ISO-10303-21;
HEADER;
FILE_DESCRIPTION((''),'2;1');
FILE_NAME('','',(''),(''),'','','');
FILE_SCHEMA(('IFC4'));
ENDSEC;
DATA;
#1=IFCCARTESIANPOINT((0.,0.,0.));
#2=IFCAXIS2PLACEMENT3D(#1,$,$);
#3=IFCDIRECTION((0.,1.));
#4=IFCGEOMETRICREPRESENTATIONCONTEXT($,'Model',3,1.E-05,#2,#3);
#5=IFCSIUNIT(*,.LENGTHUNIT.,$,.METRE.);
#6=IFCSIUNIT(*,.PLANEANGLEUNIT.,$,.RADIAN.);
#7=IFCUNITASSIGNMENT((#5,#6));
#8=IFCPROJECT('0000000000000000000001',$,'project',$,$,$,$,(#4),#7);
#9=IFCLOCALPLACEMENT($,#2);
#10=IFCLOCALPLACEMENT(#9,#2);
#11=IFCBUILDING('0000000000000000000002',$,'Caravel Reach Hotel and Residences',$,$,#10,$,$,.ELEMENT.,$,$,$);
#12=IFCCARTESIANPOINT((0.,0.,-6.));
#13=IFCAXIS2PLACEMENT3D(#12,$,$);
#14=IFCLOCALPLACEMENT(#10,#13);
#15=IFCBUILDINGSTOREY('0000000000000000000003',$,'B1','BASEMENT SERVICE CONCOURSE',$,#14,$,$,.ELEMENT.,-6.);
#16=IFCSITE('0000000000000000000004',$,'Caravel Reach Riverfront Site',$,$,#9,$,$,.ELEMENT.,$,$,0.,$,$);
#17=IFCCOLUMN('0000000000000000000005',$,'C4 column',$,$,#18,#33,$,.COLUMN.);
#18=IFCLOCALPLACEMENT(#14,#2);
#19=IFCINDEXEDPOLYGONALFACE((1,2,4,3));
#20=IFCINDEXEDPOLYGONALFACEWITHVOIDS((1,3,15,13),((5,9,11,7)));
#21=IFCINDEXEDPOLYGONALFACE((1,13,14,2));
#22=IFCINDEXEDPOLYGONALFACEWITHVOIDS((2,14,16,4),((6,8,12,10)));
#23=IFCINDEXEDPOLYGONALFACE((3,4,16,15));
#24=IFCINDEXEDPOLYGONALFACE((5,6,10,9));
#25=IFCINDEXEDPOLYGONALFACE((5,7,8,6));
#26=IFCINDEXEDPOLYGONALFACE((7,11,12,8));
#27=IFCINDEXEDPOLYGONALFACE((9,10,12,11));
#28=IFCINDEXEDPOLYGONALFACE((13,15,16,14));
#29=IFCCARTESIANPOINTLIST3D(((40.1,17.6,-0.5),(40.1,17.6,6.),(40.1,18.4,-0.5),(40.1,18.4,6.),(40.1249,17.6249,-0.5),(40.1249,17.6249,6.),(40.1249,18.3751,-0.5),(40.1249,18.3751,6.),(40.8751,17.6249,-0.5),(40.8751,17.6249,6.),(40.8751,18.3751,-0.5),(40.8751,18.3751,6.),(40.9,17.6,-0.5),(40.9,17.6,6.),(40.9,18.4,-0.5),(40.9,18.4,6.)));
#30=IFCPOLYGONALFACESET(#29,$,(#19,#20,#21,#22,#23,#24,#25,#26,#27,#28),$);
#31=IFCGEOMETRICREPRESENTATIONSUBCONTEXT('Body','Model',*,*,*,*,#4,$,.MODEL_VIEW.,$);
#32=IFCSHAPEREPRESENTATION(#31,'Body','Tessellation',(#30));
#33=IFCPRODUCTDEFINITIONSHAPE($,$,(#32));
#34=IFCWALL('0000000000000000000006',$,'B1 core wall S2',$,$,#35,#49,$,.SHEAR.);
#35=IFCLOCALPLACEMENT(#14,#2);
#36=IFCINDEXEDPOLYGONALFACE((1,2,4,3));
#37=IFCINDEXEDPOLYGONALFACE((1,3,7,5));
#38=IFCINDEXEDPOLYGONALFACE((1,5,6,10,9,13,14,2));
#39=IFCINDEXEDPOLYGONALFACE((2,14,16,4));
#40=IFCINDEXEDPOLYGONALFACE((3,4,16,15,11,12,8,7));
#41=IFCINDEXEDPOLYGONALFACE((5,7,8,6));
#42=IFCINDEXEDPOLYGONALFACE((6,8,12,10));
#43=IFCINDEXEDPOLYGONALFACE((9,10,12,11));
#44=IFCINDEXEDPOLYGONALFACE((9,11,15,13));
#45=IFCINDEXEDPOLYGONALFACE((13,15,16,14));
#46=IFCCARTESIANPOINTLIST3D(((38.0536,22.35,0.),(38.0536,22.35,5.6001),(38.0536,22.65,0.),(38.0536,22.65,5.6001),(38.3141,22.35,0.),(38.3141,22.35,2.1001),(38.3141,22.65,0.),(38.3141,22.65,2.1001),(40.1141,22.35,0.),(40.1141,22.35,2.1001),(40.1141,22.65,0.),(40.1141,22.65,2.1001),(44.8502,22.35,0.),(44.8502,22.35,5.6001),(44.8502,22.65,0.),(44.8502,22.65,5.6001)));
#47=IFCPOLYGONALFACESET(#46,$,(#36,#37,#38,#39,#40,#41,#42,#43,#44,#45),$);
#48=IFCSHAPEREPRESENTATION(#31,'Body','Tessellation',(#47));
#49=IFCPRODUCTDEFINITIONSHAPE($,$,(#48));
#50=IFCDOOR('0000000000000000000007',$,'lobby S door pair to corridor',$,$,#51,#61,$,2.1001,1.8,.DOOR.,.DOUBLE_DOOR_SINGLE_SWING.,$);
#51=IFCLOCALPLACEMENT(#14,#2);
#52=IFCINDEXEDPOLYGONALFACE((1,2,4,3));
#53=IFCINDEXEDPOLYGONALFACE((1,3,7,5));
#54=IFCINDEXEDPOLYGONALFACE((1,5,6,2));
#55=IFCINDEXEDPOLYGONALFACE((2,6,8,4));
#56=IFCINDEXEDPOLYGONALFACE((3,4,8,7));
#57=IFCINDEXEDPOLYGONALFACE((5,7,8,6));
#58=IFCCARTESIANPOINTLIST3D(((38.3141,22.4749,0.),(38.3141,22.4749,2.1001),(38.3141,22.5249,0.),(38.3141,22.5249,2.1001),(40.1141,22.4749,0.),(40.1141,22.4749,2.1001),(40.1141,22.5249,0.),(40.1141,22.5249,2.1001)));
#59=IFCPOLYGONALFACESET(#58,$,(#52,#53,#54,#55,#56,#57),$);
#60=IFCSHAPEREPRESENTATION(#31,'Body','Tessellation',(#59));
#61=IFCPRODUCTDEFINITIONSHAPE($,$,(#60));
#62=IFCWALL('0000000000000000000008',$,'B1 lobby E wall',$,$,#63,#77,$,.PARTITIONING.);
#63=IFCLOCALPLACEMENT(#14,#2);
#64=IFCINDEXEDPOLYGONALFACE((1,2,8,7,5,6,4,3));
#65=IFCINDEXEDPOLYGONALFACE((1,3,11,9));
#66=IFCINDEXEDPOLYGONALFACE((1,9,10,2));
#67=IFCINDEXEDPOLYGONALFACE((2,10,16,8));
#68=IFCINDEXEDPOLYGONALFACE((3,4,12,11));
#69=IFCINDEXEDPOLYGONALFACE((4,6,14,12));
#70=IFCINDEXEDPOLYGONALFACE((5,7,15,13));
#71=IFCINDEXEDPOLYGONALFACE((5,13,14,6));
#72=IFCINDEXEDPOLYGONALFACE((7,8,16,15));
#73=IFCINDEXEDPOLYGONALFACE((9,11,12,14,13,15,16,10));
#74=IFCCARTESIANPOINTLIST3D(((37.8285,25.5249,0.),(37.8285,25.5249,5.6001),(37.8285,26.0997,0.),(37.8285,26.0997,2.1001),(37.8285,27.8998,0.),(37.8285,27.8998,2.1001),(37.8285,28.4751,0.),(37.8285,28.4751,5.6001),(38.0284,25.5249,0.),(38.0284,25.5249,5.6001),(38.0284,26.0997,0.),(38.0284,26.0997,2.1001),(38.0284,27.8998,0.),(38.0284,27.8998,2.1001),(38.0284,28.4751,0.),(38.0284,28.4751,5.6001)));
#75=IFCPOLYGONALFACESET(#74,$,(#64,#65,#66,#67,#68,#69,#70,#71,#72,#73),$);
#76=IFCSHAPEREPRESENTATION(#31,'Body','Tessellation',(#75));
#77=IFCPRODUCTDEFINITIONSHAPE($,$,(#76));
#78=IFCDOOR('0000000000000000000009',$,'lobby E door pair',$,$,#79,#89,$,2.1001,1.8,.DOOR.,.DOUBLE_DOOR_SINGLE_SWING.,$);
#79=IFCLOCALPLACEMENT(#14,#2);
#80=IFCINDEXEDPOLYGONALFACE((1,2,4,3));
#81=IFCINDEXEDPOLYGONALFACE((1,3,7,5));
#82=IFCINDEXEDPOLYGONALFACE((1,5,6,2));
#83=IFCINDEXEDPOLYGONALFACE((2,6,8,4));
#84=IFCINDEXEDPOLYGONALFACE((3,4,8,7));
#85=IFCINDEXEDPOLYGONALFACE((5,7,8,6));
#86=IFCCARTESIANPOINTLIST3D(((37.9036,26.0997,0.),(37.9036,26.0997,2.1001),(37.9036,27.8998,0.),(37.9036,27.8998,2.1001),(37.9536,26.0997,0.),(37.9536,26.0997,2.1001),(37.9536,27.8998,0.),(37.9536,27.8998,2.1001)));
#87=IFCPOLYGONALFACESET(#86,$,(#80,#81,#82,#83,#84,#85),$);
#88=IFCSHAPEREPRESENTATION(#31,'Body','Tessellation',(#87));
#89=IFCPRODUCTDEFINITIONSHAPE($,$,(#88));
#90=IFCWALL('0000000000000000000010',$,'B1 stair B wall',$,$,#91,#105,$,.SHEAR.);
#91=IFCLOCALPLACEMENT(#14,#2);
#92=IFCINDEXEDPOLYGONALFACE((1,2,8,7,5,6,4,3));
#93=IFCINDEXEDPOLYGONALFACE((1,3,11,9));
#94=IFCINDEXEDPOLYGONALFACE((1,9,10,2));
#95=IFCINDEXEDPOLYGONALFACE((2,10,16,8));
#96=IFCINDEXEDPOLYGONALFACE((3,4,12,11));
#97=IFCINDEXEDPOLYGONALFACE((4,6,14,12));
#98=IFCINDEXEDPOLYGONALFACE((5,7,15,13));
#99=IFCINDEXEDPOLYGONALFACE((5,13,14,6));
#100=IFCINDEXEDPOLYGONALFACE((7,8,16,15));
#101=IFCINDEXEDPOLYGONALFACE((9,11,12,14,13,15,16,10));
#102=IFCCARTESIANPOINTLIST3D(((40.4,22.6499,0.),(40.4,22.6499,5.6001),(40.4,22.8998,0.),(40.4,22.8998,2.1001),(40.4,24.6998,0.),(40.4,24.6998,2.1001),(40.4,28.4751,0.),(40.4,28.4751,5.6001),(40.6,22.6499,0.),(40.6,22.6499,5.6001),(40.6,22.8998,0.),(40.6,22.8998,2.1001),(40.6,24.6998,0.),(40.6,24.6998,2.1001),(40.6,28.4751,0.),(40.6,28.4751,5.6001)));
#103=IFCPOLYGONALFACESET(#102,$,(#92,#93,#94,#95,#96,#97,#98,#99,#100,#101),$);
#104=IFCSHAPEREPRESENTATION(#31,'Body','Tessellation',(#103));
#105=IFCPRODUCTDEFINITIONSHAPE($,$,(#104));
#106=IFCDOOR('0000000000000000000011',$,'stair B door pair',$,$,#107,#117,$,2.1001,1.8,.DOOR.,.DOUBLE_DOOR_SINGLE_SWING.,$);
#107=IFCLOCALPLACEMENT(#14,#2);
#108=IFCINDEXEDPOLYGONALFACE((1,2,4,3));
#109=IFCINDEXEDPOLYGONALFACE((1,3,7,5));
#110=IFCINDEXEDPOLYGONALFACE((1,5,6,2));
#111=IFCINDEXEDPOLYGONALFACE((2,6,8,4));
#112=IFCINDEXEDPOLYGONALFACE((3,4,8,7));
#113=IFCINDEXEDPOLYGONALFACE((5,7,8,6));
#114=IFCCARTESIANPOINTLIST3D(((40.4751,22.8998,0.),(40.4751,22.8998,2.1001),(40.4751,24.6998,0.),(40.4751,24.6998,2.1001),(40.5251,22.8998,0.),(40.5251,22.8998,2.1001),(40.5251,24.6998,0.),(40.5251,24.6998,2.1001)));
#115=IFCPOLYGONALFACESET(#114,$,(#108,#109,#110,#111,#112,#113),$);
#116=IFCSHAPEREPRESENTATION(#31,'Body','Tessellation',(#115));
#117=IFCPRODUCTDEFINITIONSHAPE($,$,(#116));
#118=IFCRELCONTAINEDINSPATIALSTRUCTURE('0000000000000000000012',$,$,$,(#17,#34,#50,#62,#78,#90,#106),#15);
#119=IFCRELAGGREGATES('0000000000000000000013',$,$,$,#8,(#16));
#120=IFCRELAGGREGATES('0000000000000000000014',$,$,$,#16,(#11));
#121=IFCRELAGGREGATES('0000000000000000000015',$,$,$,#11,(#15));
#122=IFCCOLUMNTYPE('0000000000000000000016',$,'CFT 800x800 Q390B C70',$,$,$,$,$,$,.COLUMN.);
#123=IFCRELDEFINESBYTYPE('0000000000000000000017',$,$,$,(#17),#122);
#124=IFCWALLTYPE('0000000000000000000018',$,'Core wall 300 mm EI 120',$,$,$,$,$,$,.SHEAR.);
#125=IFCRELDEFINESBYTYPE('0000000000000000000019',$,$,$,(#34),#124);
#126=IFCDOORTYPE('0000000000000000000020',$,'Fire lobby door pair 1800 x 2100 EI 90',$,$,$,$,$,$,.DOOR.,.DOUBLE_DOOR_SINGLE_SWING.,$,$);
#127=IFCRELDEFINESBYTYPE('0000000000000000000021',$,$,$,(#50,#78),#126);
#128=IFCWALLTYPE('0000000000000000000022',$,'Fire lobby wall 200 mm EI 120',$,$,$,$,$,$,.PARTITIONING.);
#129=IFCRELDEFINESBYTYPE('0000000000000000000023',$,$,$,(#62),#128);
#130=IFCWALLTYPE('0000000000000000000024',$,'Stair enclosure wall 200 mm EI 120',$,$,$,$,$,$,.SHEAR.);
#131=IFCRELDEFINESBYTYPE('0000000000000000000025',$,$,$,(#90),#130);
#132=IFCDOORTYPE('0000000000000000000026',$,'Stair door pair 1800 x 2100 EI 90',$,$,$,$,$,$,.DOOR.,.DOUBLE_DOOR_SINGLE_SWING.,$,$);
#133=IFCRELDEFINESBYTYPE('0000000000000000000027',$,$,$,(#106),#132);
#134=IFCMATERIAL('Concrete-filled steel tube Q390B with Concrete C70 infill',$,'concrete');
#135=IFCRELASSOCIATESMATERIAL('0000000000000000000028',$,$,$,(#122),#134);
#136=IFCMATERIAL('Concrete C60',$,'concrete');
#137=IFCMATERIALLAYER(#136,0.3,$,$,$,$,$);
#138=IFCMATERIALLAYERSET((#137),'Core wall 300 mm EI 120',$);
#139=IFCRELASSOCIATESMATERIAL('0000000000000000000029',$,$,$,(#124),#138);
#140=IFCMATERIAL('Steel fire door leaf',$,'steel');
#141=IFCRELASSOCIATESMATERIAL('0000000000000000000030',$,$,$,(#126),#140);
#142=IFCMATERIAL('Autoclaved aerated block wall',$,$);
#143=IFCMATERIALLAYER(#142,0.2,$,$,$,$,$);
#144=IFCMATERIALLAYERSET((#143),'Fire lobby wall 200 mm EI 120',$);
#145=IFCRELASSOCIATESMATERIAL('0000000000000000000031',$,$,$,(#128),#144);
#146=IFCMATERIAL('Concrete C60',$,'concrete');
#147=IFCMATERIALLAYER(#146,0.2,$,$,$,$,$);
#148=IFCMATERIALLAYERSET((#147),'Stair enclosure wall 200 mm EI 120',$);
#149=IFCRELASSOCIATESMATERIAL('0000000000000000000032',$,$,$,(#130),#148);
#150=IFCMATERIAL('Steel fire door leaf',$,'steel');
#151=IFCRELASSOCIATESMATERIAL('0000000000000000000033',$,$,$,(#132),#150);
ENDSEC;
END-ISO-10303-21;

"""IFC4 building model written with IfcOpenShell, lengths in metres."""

from ifc_helpers import new_model, si_unit, direction, frame, frame_2d, origin, origin_2d, place, context, subcontext, project, spatial, rectangle, hollow_rectangle, extrude, material, layer, layer_set, material_profile, profile_set, type_object, element, fill, save


model = new_model("IFC4")

# Units and contexts
model_context = context("Model", 3, precision=1e-05, world=origin(), true_north=direction((0.0, 1.0)))
body_context = subcontext(model_context, "Body", "Model", "MODEL_VIEW")
ifc_project = project(units=[si_unit("LENGTHUNIT", "METRE"), si_unit("PLANEANGLEUNIT", "RADIAN")], contexts=[model_context])

# Site, building, storey
site_placement = place(None, origin())
site = spatial("IfcSite", under=ifc_project, at=site_placement, Name="Caravel Reach Riverfront Site", CompositionType="ELEMENT", RefElevation=0.0)
building_placement = place(site_placement, origin())
building = spatial("IfcBuilding", under=site, at=building_placement, Name="Caravel Reach Hotel and Residences", CompositionType="ELEMENT")
storey_placement = place(building_placement, frame((0.0, 0.0, -6.0)))
storey = spatial("IfcBuildingStorey", under=building, at=storey_placement, Name="B1", Description="BASEMENT SERVICE CONCOURSE", CompositionType="ELEMENT", Elevation=-6.0)

# Column
ifc_material_1 = material(Name="Concrete-filled steel tube Q390B with Concrete C70 infill", Category="concrete")
ifc_material_profile_1 = material_profile(ifc_material_1, hollow_rectangle(XDim=0.8, YDim=0.8, WallThickness=0.0249, at=origin_2d()), Name="RHS 800x800x25")
ifc_profile_set_1 = profile_set([ifc_material_profile_1], Name="Concrete-filled steel tube Q390B with Concrete C70 infill")
column_type = type_object("IfcColumnType", Name="CFT 800x800 Q390B C70", PredefinedType="COLUMN", material=ifc_profile_set_1)
for number, where, z_axis, x_axis, name in (
    (1, (40.5, 18.0, -0.5), (0.0, 0.0, 1.0), (1.0, 0.0, 0.0), "C4 column"),
):
    element("IfcColumn", number, at=place(storey_placement, frame(where, z_axis=z_axis, x_axis=x_axis)), inside=storey, type_object=column_type, Name=name, PredefinedType="COLUMN", context=body_context, shape_type="SweptSolid", body=[
        extrude(hollow_rectangle(XDim=0.8, YDim=0.8, WallThickness=0.0249, at=origin_2d()), origin(), (0.0, 0.0, 1.0), 6.5),
    ])

# Walls, openings, doors
ifc_material_2 = material(Name="Concrete C60", Category="concrete")
ifc_layer_1 = layer(ifc_material_2, 0.3)
ifc_layer_set_1 = layer_set([ifc_layer_1], Name="Core wall 300 mm EI 120")
wall_type_1 = type_object("IfcWallType", Name="Core wall 300 mm EI 120", PredefinedType="SHEAR", material=ifc_layer_set_1)
wall_1_placement = place(storey_placement, frame((38.0535, 22.5, 0.0), z_axis=(0.0, 0.0, 1.0), x_axis=(1.0, 0.0, 0.0)))
wall_1 = element("IfcWall", 2, at=wall_1_placement, inside=storey, type_object=wall_type_1, Name="B1 core wall S2", PredefinedType="SHEAR", context=body_context, shape_type="SweptSolid", body=[
    extrude(rectangle(XDim=6.7966, YDim=0.3, at=frame_2d((3.3984, 0.0))), origin(), (0.0, 0.0, 1.0), 5.6001),
])
opening_1_placement = place(wall_1_placement, frame((0.2607, 0.0, 0.0)))
opening_1 = element("IfcOpeningElement", 3, at=opening_1_placement, cuts=wall_1, PredefinedType="OPENING", context=body_context, shape_type="SweptSolid", body=[
    extrude(rectangle(XDim=1.8, YDim=2.1001, at=frame_2d((0.8999, 1.05))), frame((0.0, 0.1599, 0.0), z_axis=(0.0, -1.0, 0.0), x_axis=(1.0, 0.0, 0.0)), (0.0, 0.0, 1.0), 0.3201),
])
ifc_material_3 = material(Name="Steel fire door leaf", Category="steel")
door_type_1 = type_object("IfcDoorType", Name="Fire lobby door pair 1800 x 2100 EI 90", OperationType="DOUBLE_DOOR_SINGLE_SWING", PredefinedType="DOOR", material=ifc_material_3)
door_1_placement = place(opening_1_placement, origin())
door_1 = element("IfcDoor", 4, at=door_1_placement, inside=storey, type_object=door_type_1, Name="lobby S door pair to corridor", OperationType="DOUBLE_DOOR_SINGLE_SWING", OverallHeight=2.1001, OverallWidth=1.8, PredefinedType="DOOR", context=body_context, shape_type="SweptSolid", body=[
    extrude(rectangle(XDim=1.8, YDim=2.1001, at=frame_2d((0.8999, 1.05))), frame((0.0, 0.0249, 0.0), z_axis=(0.0, -1.0, 0.0), x_axis=(1.0, 0.0, 0.0)), (0.0, 0.0, 1.0), 0.05),
])
fill(opening_1, door_1)
ifc_material_4 = material(Name="Autoclaved aerated block wall")
ifc_layer_2 = layer(ifc_material_4, 0.2)
ifc_layer_set_2 = layer_set([ifc_layer_2], Name="Fire lobby wall 200 mm EI 120")
wall_type_2 = type_object("IfcWallType", Name="Fire lobby wall 200 mm EI 120", PredefinedType="PARTITIONING", material=ifc_layer_set_2)
wall_2_placement = place(storey_placement, frame((37.9285, 25.5249, 0.0), z_axis=(0.0, 0.0, 1.0), x_axis=(0.0, 1.0, 0.0)))
wall_2 = element("IfcWall", 5, at=wall_2_placement, inside=storey, type_object=wall_type_2, Name="B1 lobby E wall", PredefinedType="PARTITIONING", context=body_context, shape_type="SweptSolid", body=[
    extrude(rectangle(XDim=2.9502, YDim=0.2, at=frame_2d((1.4751, 0.0))), origin(), (0.0, 0.0, 1.0), 5.6001),
])
opening_2_placement = place(wall_2_placement, frame((0.575, 0.0, 0.0)))
opening_2 = element("IfcOpeningElement", 6, at=opening_2_placement, cuts=wall_2, PredefinedType="OPENING", context=body_context, shape_type="SweptSolid", body=[
    extrude(rectangle(XDim=1.8, YDim=2.1001, at=frame_2d((0.8999, 1.05))), frame((0.0, 0.1099, 0.0), z_axis=(0.0, -1.0, 0.0), x_axis=(1.0, 0.0, 0.0)), (0.0, 0.0, 1.0), 0.22),
])
door_2_placement = place(opening_2_placement, origin())
door_2 = element("IfcDoor", 7, at=door_2_placement, inside=storey, type_object=door_type_1, Name="lobby E door pair", OperationType="DOUBLE_DOOR_SINGLE_SWING", OverallHeight=2.1001, OverallWidth=1.8, PredefinedType="DOOR", context=body_context, shape_type="SweptSolid", body=[
    extrude(rectangle(XDim=1.8, YDim=2.1001, at=frame_2d((0.8999, 1.05))), frame((0.0, 0.0249, 0.0), z_axis=(0.0, -1.0, 0.0), x_axis=(1.0, 0.0, 0.0)), (0.0, 0.0, 1.0), 0.05),
])
fill(opening_2, door_2)
ifc_material_5 = material(Name="Concrete C60", Category="concrete")
ifc_layer_3 = layer(ifc_material_5, 0.2)
ifc_layer_set_3 = layer_set([ifc_layer_3], Name="Stair enclosure wall 200 mm EI 120")
wall_type_3 = type_object("IfcWallType", Name="Stair enclosure wall 200 mm EI 120", PredefinedType="SHEAR", material=ifc_layer_set_3)
wall_3_placement = place(storey_placement, frame((40.5, 22.6499, 0.0), z_axis=(0.0, 0.0, 1.0), x_axis=(0.0, 1.0, 0.0)))
wall_3 = element("IfcWall", 8, at=wall_3_placement, inside=storey, type_object=wall_type_3, Name="B1 stair B wall", PredefinedType="SHEAR", context=body_context, shape_type="SweptSolid", body=[
    extrude(rectangle(XDim=5.8252, YDim=0.2, at=frame_2d((2.9126, 0.0))), origin(), (0.0, 0.0, 1.0), 5.6001),
])
opening_3_placement = place(wall_3_placement, frame((0.25, 0.0, 0.0)))
opening_3 = element("IfcOpeningElement", 9, at=opening_3_placement, cuts=wall_3, PredefinedType="OPENING", context=body_context, shape_type="SweptSolid", body=[
    extrude(rectangle(XDim=1.8, YDim=2.1001, at=frame_2d((0.8999, 1.05))), frame((0.0, 0.1099, 0.0), z_axis=(0.0, -1.0, 0.0), x_axis=(1.0, 0.0, 0.0)), (0.0, 0.0, 1.0), 0.22),
])
ifc_material_6 = material(Name="Steel fire door leaf", Category="steel")
door_type_2 = type_object("IfcDoorType", Name="Stair door pair 1800 x 2100 EI 90", OperationType="DOUBLE_DOOR_SINGLE_SWING", PredefinedType="DOOR", material=ifc_material_6)
door_3_placement = place(opening_3_placement, origin())
door_3 = element("IfcDoor", 10, at=door_3_placement, inside=storey, type_object=door_type_2, Name="stair B door pair", OperationType="DOUBLE_DOOR_SINGLE_SWING", OverallHeight=2.1001, OverallWidth=1.8, PredefinedType="DOOR", context=body_context, shape_type="SweptSolid", body=[
    extrude(rectangle(XDim=1.8, YDim=2.1001, at=frame_2d((0.8999, 1.05))), frame((0.0, 0.0249, 0.0), z_axis=(0.0, -1.0, 0.0), x_axis=(1.0, 0.0, 0.0)), (0.0, 0.0, 1.0), 0.05),
])
fill(opening_3, door_3)

save(model, "model.ifc")
